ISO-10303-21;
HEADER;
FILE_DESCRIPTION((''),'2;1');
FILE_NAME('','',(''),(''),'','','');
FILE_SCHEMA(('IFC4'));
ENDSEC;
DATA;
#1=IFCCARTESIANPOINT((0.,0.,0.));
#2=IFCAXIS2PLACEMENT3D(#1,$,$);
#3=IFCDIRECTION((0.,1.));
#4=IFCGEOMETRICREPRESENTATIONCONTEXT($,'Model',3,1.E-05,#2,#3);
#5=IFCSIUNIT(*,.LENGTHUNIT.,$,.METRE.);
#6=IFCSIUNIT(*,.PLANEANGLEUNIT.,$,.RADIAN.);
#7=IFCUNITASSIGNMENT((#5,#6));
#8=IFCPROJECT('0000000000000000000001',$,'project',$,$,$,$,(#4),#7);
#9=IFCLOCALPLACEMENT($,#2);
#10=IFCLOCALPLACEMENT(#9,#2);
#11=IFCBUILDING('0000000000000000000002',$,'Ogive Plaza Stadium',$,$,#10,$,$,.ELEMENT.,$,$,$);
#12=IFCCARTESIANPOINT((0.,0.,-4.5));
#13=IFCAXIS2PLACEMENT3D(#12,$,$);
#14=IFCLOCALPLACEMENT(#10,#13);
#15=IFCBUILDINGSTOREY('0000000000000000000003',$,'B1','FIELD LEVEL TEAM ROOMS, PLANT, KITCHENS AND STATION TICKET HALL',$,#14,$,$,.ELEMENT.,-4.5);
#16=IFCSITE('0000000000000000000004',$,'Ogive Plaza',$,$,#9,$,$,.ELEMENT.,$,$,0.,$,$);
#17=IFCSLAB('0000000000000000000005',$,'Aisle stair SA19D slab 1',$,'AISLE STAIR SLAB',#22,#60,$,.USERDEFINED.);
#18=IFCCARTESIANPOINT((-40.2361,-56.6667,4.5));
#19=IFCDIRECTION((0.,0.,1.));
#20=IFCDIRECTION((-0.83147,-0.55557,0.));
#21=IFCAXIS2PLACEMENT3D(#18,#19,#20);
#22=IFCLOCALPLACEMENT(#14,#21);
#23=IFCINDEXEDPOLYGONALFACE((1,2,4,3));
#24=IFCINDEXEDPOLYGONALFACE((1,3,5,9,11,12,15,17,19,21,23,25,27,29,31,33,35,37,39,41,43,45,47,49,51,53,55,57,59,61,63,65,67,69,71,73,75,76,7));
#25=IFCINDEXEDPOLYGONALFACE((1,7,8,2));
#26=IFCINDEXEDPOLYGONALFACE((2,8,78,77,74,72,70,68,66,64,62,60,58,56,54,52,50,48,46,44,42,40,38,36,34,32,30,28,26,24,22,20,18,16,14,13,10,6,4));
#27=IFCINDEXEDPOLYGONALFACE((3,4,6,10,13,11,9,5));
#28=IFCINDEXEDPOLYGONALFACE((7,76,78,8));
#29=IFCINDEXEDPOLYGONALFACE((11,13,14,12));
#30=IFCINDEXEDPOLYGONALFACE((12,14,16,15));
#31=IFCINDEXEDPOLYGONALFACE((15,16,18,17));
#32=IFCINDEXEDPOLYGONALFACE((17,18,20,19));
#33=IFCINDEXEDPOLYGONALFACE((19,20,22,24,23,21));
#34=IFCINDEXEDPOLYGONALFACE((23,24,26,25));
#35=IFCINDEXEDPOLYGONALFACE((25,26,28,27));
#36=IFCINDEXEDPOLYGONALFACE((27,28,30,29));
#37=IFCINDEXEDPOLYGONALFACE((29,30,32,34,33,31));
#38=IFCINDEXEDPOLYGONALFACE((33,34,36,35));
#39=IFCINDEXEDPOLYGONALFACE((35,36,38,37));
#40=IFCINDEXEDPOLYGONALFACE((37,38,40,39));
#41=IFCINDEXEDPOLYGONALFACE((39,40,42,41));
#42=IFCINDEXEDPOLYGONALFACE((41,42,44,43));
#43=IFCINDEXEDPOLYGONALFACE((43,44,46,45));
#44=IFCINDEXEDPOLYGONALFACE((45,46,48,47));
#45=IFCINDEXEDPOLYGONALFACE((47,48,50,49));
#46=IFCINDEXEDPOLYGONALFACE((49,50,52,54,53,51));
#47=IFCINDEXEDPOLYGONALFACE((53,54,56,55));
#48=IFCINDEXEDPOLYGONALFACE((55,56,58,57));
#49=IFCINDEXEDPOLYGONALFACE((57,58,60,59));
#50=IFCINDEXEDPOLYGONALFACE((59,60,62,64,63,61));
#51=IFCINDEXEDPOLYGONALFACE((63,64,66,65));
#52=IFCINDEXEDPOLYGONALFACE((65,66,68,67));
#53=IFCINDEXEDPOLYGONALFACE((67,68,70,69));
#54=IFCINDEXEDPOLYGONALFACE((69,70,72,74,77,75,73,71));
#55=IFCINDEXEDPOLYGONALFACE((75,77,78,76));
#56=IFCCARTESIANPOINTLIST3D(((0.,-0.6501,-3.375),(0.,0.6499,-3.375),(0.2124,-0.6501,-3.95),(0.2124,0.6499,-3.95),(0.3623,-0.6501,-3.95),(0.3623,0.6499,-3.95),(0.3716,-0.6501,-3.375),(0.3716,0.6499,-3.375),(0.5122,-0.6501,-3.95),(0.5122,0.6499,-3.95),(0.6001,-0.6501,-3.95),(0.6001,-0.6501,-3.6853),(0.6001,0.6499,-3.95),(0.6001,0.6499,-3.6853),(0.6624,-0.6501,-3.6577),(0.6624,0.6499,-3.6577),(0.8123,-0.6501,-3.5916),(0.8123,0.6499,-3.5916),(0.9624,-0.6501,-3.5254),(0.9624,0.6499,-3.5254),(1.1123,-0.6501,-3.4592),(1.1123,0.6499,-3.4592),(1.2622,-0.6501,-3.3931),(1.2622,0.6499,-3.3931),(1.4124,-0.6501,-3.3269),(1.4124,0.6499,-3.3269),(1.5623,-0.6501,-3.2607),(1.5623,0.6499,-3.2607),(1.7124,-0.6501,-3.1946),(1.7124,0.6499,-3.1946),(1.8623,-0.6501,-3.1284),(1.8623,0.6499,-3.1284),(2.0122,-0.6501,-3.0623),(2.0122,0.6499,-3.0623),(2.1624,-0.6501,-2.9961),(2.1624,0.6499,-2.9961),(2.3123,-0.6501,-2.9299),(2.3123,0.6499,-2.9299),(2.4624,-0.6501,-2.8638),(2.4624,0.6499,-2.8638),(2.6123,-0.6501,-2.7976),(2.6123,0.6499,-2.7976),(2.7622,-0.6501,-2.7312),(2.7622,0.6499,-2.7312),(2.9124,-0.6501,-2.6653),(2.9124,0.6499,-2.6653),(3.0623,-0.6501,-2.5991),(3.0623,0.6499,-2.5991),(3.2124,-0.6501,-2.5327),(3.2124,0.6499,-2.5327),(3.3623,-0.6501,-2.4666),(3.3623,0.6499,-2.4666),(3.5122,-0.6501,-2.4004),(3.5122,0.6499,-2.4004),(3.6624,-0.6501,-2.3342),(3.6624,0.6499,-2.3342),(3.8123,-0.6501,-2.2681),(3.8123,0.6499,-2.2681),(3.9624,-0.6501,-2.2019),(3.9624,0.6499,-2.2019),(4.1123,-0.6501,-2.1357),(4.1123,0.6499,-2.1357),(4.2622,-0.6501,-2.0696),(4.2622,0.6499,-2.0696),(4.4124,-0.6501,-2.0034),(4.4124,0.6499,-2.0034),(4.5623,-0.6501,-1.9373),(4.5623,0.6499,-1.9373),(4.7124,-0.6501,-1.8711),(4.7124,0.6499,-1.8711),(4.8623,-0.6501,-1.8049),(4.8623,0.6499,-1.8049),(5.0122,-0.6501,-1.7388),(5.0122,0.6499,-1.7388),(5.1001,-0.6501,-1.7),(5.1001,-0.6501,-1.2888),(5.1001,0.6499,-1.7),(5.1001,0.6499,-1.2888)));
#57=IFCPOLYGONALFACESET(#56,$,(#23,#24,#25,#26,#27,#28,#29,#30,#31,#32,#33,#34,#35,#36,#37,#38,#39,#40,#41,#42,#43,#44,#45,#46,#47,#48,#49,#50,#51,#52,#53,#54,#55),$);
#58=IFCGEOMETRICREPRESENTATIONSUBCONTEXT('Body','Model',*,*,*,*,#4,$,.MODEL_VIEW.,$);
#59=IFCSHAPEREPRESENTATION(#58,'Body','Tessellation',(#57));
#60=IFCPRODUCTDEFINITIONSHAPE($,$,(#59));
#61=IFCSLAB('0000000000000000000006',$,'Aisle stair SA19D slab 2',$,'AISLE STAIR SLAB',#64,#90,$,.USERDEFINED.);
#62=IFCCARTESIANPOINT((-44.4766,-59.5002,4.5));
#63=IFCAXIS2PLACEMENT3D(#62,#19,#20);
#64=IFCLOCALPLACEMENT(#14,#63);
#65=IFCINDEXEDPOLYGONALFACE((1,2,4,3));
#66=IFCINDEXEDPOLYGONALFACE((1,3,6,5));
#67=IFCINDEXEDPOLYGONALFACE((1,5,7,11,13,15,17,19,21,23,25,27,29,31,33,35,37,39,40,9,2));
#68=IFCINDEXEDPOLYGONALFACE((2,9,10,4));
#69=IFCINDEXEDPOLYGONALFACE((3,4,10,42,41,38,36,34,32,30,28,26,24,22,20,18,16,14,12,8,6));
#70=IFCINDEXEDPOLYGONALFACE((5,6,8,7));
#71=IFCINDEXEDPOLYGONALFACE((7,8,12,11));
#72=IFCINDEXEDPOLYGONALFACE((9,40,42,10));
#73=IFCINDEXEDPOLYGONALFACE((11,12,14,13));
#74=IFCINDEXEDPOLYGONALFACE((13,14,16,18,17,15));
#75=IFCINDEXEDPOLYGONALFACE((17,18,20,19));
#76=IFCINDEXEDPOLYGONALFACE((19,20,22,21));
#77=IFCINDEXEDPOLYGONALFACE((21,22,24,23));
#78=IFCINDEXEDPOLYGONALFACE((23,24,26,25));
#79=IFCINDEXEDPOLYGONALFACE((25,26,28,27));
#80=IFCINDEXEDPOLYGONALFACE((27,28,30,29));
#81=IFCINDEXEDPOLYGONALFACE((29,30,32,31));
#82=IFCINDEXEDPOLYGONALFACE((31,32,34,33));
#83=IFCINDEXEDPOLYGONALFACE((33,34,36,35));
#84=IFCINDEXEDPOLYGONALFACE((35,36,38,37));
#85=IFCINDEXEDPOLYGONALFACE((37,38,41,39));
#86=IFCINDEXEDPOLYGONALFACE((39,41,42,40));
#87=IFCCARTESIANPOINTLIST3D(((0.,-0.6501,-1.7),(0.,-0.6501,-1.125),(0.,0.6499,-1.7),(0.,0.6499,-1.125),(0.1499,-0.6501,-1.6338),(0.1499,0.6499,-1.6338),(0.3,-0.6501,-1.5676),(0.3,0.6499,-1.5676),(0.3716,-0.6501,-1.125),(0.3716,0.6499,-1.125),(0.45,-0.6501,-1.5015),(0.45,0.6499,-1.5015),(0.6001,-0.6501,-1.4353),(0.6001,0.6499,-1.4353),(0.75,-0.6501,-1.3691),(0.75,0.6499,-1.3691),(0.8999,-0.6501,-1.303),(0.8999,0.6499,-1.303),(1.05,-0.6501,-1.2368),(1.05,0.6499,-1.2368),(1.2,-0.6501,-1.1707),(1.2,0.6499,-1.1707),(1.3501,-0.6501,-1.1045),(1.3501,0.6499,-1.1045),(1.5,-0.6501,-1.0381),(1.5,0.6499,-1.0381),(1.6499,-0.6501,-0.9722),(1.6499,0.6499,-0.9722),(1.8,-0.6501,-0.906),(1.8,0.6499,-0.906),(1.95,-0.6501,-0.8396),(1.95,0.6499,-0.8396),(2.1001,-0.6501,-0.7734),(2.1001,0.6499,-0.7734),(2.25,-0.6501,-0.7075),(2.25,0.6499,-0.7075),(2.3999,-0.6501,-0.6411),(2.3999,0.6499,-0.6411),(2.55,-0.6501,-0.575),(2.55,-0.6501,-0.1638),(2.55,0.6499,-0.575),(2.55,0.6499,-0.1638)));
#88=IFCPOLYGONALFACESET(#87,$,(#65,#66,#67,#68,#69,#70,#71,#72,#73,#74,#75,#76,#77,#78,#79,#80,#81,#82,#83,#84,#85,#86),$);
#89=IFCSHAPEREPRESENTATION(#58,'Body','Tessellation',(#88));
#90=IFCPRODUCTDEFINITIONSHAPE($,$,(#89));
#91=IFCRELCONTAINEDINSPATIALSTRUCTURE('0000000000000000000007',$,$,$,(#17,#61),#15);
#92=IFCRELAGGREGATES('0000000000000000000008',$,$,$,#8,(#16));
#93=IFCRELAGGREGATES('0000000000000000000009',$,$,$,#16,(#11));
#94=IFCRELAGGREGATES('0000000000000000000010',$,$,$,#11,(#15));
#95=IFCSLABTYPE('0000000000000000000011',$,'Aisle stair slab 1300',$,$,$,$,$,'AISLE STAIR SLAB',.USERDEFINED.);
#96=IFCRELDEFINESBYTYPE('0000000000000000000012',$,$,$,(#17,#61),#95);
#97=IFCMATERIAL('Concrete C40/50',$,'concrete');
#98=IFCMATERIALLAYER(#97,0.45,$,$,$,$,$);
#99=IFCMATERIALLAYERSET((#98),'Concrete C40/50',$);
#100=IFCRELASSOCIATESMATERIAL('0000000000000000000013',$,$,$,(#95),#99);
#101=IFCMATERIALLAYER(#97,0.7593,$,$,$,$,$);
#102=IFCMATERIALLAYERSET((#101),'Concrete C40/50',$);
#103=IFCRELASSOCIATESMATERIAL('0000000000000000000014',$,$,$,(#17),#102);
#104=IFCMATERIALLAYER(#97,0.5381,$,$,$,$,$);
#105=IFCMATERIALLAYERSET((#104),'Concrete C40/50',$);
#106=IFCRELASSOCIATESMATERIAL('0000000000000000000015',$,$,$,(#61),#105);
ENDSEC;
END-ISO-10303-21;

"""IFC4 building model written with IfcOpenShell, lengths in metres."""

from ifc_helpers import new_model, si_unit, direction, frame, origin, place, context, subcontext, project, spatial, polyline, outline, extrude, material, layer, layer_set, type_object, element, save


model = new_model("IFC4")

# Units and contexts
model_context = context("Model", 3, precision=1e-05, world=origin(), true_north=direction((0.0, 1.0)))
body_context = subcontext(model_context, "Body", "Model", "MODEL_VIEW")
ifc_project = project(units=[si_unit("LENGTHUNIT", "METRE"), si_unit("PLANEANGLEUNIT", "RADIAN")], contexts=[model_context])

# Site, building, storey
site_placement = place(None, origin())
site = spatial("IfcSite", under=ifc_project, at=site_placement, Name="Ogive Plaza", CompositionType="ELEMENT", RefElevation=0.0)
building_placement = place(site_placement, origin())
building = spatial("IfcBuilding", under=site, at=building_placement, Name="Ogive Plaza Stadium", CompositionType="ELEMENT")
storey_placement = place(building_placement, frame((0.0, 0.0, -4.5)))
storey = spatial("IfcBuildingStorey", under=building, at=storey_placement, Name="B1", Description="FIELD LEVEL TEAM ROOMS, PLANT, KITCHENS AND STATION TICKET HALL", CompositionType="ELEMENT", Elevation=-4.5)

# Slabs
ifc_material_1 = material(Name="Concrete C40/50", Category="concrete")
ifc_layer_1 = layer(ifc_material_1, 0.7593)
ifc_layer_set_1 = layer_set([ifc_layer_1], Name="Concrete C40/50")
ifc_layer_2 = layer(ifc_material_1, 0.45)
ifc_layer_set_2 = layer_set([ifc_layer_2], Name="Concrete C40/50")
slab_type = type_object("IfcSlabType", Name="Aisle stair slab 1300", ElementType="AISLE STAIR SLAB", PredefinedType="USERDEFINED", material=ifc_layer_set_2)
slab_1_placement = place(storey_placement, frame((-40.2361, -56.6667, 4.5), z_axis=(0.0, 0.0, 1.0), x_axis=(-0.83147, -0.55557, 0.0)))
element("IfcSlab", 1, at=slab_1_placement, inside=storey, type_object=slab_type, material=ifc_layer_set_1, Name="Aisle stair SA19D slab 1", ObjectType="AISLE STAIR SLAB", PredefinedType="USERDEFINED", context=body_context, shape_type="SweptSolid", body=[
    extrude(outline(polyline([(0.0, -3.375), (0.3716, -3.375), (5.1001, -1.2888), (5.1001, -1.7), (5.0122, -1.7388), (4.8623, -1.8049), (4.7124, -1.8711), (4.5623, -1.9373), (4.4124, -2.0034), (4.2622, -2.0696), (4.1123, -2.1357), (3.9624, -2.2019), (3.8123, -2.2681), (3.6624, -2.3342), (3.5122, -2.4004), (3.3623, -2.4666), (3.2124, -2.5327), (3.0623, -2.5991), (2.9124, -2.6653), (2.7622, -2.7312), (2.6123, -2.7976), (2.4624, -2.8638), (2.3123, -2.9299), (2.1624, -2.9961), (2.0122, -3.0623), (1.8623, -3.1284), (1.7124, -3.1946), (1.5623, -3.2607), (1.4124, -3.3269), (1.2622, -3.3931), (1.1123, -3.4592), (0.9624, -3.5254), (0.8123, -3.5916), (0.6624, -3.6577), (0.6001, -3.6853), (0.6001, -3.95), (0.5122, -3.95), (0.3623, -3.95), (0.2124, -3.95), (0.0, -3.375)])), frame((0.0, 0.6499, 0.0), z_axis=(0.0, -1.0, 0.0), x_axis=(1.0, 0.0, 0.0)), (0.0, 0.0, 1.0), 1.3),
])
ifc_layer_3 = layer(ifc_material_1, 0.5381)
ifc_layer_set_3 = layer_set([ifc_layer_3], Name="Concrete C40/50")
slab_2_placement = place(storey_placement, frame((-44.4766, -59.5002, 4.5), z_axis=(0.0, 0.0, 1.0), x_axis=(-0.83147, -0.55557, 0.0)))
element("IfcSlab", 2, at=slab_2_placement, inside=storey, type_object=slab_type, material=ifc_layer_set_3, Name="Aisle stair SA19D slab 2", ObjectType="AISLE STAIR SLAB", PredefinedType="USERDEFINED", context=body_context, shape_type="SweptSolid", body=[
    extrude(outline(polyline([(0.0, -1.125), (0.3716, -1.125), (2.55, -0.1638), (2.55, -0.575), (2.3999, -0.6411), (2.25, -0.7075), (2.1001, -0.7734), (1.95, -0.8396), (1.8, -0.906), (1.6499, -0.9722), (1.5, -1.0381), (1.3501, -1.1045), (1.2, -1.1707), (1.05, -1.2368), (0.8999, -1.303), (0.75, -1.3691), (0.6001, -1.4353), (0.45, -1.5015), (0.3, -1.5676), (0.1499, -1.6338), (0.0, -1.7), (0.0, -1.125)])), frame((0.0, 0.6499, 0.0), z_axis=(0.0, -1.0, 0.0), x_axis=(1.0, 0.0, 0.0)), (0.0, 0.0, 1.0), 1.3),
])

save(model, "model.ifc")
